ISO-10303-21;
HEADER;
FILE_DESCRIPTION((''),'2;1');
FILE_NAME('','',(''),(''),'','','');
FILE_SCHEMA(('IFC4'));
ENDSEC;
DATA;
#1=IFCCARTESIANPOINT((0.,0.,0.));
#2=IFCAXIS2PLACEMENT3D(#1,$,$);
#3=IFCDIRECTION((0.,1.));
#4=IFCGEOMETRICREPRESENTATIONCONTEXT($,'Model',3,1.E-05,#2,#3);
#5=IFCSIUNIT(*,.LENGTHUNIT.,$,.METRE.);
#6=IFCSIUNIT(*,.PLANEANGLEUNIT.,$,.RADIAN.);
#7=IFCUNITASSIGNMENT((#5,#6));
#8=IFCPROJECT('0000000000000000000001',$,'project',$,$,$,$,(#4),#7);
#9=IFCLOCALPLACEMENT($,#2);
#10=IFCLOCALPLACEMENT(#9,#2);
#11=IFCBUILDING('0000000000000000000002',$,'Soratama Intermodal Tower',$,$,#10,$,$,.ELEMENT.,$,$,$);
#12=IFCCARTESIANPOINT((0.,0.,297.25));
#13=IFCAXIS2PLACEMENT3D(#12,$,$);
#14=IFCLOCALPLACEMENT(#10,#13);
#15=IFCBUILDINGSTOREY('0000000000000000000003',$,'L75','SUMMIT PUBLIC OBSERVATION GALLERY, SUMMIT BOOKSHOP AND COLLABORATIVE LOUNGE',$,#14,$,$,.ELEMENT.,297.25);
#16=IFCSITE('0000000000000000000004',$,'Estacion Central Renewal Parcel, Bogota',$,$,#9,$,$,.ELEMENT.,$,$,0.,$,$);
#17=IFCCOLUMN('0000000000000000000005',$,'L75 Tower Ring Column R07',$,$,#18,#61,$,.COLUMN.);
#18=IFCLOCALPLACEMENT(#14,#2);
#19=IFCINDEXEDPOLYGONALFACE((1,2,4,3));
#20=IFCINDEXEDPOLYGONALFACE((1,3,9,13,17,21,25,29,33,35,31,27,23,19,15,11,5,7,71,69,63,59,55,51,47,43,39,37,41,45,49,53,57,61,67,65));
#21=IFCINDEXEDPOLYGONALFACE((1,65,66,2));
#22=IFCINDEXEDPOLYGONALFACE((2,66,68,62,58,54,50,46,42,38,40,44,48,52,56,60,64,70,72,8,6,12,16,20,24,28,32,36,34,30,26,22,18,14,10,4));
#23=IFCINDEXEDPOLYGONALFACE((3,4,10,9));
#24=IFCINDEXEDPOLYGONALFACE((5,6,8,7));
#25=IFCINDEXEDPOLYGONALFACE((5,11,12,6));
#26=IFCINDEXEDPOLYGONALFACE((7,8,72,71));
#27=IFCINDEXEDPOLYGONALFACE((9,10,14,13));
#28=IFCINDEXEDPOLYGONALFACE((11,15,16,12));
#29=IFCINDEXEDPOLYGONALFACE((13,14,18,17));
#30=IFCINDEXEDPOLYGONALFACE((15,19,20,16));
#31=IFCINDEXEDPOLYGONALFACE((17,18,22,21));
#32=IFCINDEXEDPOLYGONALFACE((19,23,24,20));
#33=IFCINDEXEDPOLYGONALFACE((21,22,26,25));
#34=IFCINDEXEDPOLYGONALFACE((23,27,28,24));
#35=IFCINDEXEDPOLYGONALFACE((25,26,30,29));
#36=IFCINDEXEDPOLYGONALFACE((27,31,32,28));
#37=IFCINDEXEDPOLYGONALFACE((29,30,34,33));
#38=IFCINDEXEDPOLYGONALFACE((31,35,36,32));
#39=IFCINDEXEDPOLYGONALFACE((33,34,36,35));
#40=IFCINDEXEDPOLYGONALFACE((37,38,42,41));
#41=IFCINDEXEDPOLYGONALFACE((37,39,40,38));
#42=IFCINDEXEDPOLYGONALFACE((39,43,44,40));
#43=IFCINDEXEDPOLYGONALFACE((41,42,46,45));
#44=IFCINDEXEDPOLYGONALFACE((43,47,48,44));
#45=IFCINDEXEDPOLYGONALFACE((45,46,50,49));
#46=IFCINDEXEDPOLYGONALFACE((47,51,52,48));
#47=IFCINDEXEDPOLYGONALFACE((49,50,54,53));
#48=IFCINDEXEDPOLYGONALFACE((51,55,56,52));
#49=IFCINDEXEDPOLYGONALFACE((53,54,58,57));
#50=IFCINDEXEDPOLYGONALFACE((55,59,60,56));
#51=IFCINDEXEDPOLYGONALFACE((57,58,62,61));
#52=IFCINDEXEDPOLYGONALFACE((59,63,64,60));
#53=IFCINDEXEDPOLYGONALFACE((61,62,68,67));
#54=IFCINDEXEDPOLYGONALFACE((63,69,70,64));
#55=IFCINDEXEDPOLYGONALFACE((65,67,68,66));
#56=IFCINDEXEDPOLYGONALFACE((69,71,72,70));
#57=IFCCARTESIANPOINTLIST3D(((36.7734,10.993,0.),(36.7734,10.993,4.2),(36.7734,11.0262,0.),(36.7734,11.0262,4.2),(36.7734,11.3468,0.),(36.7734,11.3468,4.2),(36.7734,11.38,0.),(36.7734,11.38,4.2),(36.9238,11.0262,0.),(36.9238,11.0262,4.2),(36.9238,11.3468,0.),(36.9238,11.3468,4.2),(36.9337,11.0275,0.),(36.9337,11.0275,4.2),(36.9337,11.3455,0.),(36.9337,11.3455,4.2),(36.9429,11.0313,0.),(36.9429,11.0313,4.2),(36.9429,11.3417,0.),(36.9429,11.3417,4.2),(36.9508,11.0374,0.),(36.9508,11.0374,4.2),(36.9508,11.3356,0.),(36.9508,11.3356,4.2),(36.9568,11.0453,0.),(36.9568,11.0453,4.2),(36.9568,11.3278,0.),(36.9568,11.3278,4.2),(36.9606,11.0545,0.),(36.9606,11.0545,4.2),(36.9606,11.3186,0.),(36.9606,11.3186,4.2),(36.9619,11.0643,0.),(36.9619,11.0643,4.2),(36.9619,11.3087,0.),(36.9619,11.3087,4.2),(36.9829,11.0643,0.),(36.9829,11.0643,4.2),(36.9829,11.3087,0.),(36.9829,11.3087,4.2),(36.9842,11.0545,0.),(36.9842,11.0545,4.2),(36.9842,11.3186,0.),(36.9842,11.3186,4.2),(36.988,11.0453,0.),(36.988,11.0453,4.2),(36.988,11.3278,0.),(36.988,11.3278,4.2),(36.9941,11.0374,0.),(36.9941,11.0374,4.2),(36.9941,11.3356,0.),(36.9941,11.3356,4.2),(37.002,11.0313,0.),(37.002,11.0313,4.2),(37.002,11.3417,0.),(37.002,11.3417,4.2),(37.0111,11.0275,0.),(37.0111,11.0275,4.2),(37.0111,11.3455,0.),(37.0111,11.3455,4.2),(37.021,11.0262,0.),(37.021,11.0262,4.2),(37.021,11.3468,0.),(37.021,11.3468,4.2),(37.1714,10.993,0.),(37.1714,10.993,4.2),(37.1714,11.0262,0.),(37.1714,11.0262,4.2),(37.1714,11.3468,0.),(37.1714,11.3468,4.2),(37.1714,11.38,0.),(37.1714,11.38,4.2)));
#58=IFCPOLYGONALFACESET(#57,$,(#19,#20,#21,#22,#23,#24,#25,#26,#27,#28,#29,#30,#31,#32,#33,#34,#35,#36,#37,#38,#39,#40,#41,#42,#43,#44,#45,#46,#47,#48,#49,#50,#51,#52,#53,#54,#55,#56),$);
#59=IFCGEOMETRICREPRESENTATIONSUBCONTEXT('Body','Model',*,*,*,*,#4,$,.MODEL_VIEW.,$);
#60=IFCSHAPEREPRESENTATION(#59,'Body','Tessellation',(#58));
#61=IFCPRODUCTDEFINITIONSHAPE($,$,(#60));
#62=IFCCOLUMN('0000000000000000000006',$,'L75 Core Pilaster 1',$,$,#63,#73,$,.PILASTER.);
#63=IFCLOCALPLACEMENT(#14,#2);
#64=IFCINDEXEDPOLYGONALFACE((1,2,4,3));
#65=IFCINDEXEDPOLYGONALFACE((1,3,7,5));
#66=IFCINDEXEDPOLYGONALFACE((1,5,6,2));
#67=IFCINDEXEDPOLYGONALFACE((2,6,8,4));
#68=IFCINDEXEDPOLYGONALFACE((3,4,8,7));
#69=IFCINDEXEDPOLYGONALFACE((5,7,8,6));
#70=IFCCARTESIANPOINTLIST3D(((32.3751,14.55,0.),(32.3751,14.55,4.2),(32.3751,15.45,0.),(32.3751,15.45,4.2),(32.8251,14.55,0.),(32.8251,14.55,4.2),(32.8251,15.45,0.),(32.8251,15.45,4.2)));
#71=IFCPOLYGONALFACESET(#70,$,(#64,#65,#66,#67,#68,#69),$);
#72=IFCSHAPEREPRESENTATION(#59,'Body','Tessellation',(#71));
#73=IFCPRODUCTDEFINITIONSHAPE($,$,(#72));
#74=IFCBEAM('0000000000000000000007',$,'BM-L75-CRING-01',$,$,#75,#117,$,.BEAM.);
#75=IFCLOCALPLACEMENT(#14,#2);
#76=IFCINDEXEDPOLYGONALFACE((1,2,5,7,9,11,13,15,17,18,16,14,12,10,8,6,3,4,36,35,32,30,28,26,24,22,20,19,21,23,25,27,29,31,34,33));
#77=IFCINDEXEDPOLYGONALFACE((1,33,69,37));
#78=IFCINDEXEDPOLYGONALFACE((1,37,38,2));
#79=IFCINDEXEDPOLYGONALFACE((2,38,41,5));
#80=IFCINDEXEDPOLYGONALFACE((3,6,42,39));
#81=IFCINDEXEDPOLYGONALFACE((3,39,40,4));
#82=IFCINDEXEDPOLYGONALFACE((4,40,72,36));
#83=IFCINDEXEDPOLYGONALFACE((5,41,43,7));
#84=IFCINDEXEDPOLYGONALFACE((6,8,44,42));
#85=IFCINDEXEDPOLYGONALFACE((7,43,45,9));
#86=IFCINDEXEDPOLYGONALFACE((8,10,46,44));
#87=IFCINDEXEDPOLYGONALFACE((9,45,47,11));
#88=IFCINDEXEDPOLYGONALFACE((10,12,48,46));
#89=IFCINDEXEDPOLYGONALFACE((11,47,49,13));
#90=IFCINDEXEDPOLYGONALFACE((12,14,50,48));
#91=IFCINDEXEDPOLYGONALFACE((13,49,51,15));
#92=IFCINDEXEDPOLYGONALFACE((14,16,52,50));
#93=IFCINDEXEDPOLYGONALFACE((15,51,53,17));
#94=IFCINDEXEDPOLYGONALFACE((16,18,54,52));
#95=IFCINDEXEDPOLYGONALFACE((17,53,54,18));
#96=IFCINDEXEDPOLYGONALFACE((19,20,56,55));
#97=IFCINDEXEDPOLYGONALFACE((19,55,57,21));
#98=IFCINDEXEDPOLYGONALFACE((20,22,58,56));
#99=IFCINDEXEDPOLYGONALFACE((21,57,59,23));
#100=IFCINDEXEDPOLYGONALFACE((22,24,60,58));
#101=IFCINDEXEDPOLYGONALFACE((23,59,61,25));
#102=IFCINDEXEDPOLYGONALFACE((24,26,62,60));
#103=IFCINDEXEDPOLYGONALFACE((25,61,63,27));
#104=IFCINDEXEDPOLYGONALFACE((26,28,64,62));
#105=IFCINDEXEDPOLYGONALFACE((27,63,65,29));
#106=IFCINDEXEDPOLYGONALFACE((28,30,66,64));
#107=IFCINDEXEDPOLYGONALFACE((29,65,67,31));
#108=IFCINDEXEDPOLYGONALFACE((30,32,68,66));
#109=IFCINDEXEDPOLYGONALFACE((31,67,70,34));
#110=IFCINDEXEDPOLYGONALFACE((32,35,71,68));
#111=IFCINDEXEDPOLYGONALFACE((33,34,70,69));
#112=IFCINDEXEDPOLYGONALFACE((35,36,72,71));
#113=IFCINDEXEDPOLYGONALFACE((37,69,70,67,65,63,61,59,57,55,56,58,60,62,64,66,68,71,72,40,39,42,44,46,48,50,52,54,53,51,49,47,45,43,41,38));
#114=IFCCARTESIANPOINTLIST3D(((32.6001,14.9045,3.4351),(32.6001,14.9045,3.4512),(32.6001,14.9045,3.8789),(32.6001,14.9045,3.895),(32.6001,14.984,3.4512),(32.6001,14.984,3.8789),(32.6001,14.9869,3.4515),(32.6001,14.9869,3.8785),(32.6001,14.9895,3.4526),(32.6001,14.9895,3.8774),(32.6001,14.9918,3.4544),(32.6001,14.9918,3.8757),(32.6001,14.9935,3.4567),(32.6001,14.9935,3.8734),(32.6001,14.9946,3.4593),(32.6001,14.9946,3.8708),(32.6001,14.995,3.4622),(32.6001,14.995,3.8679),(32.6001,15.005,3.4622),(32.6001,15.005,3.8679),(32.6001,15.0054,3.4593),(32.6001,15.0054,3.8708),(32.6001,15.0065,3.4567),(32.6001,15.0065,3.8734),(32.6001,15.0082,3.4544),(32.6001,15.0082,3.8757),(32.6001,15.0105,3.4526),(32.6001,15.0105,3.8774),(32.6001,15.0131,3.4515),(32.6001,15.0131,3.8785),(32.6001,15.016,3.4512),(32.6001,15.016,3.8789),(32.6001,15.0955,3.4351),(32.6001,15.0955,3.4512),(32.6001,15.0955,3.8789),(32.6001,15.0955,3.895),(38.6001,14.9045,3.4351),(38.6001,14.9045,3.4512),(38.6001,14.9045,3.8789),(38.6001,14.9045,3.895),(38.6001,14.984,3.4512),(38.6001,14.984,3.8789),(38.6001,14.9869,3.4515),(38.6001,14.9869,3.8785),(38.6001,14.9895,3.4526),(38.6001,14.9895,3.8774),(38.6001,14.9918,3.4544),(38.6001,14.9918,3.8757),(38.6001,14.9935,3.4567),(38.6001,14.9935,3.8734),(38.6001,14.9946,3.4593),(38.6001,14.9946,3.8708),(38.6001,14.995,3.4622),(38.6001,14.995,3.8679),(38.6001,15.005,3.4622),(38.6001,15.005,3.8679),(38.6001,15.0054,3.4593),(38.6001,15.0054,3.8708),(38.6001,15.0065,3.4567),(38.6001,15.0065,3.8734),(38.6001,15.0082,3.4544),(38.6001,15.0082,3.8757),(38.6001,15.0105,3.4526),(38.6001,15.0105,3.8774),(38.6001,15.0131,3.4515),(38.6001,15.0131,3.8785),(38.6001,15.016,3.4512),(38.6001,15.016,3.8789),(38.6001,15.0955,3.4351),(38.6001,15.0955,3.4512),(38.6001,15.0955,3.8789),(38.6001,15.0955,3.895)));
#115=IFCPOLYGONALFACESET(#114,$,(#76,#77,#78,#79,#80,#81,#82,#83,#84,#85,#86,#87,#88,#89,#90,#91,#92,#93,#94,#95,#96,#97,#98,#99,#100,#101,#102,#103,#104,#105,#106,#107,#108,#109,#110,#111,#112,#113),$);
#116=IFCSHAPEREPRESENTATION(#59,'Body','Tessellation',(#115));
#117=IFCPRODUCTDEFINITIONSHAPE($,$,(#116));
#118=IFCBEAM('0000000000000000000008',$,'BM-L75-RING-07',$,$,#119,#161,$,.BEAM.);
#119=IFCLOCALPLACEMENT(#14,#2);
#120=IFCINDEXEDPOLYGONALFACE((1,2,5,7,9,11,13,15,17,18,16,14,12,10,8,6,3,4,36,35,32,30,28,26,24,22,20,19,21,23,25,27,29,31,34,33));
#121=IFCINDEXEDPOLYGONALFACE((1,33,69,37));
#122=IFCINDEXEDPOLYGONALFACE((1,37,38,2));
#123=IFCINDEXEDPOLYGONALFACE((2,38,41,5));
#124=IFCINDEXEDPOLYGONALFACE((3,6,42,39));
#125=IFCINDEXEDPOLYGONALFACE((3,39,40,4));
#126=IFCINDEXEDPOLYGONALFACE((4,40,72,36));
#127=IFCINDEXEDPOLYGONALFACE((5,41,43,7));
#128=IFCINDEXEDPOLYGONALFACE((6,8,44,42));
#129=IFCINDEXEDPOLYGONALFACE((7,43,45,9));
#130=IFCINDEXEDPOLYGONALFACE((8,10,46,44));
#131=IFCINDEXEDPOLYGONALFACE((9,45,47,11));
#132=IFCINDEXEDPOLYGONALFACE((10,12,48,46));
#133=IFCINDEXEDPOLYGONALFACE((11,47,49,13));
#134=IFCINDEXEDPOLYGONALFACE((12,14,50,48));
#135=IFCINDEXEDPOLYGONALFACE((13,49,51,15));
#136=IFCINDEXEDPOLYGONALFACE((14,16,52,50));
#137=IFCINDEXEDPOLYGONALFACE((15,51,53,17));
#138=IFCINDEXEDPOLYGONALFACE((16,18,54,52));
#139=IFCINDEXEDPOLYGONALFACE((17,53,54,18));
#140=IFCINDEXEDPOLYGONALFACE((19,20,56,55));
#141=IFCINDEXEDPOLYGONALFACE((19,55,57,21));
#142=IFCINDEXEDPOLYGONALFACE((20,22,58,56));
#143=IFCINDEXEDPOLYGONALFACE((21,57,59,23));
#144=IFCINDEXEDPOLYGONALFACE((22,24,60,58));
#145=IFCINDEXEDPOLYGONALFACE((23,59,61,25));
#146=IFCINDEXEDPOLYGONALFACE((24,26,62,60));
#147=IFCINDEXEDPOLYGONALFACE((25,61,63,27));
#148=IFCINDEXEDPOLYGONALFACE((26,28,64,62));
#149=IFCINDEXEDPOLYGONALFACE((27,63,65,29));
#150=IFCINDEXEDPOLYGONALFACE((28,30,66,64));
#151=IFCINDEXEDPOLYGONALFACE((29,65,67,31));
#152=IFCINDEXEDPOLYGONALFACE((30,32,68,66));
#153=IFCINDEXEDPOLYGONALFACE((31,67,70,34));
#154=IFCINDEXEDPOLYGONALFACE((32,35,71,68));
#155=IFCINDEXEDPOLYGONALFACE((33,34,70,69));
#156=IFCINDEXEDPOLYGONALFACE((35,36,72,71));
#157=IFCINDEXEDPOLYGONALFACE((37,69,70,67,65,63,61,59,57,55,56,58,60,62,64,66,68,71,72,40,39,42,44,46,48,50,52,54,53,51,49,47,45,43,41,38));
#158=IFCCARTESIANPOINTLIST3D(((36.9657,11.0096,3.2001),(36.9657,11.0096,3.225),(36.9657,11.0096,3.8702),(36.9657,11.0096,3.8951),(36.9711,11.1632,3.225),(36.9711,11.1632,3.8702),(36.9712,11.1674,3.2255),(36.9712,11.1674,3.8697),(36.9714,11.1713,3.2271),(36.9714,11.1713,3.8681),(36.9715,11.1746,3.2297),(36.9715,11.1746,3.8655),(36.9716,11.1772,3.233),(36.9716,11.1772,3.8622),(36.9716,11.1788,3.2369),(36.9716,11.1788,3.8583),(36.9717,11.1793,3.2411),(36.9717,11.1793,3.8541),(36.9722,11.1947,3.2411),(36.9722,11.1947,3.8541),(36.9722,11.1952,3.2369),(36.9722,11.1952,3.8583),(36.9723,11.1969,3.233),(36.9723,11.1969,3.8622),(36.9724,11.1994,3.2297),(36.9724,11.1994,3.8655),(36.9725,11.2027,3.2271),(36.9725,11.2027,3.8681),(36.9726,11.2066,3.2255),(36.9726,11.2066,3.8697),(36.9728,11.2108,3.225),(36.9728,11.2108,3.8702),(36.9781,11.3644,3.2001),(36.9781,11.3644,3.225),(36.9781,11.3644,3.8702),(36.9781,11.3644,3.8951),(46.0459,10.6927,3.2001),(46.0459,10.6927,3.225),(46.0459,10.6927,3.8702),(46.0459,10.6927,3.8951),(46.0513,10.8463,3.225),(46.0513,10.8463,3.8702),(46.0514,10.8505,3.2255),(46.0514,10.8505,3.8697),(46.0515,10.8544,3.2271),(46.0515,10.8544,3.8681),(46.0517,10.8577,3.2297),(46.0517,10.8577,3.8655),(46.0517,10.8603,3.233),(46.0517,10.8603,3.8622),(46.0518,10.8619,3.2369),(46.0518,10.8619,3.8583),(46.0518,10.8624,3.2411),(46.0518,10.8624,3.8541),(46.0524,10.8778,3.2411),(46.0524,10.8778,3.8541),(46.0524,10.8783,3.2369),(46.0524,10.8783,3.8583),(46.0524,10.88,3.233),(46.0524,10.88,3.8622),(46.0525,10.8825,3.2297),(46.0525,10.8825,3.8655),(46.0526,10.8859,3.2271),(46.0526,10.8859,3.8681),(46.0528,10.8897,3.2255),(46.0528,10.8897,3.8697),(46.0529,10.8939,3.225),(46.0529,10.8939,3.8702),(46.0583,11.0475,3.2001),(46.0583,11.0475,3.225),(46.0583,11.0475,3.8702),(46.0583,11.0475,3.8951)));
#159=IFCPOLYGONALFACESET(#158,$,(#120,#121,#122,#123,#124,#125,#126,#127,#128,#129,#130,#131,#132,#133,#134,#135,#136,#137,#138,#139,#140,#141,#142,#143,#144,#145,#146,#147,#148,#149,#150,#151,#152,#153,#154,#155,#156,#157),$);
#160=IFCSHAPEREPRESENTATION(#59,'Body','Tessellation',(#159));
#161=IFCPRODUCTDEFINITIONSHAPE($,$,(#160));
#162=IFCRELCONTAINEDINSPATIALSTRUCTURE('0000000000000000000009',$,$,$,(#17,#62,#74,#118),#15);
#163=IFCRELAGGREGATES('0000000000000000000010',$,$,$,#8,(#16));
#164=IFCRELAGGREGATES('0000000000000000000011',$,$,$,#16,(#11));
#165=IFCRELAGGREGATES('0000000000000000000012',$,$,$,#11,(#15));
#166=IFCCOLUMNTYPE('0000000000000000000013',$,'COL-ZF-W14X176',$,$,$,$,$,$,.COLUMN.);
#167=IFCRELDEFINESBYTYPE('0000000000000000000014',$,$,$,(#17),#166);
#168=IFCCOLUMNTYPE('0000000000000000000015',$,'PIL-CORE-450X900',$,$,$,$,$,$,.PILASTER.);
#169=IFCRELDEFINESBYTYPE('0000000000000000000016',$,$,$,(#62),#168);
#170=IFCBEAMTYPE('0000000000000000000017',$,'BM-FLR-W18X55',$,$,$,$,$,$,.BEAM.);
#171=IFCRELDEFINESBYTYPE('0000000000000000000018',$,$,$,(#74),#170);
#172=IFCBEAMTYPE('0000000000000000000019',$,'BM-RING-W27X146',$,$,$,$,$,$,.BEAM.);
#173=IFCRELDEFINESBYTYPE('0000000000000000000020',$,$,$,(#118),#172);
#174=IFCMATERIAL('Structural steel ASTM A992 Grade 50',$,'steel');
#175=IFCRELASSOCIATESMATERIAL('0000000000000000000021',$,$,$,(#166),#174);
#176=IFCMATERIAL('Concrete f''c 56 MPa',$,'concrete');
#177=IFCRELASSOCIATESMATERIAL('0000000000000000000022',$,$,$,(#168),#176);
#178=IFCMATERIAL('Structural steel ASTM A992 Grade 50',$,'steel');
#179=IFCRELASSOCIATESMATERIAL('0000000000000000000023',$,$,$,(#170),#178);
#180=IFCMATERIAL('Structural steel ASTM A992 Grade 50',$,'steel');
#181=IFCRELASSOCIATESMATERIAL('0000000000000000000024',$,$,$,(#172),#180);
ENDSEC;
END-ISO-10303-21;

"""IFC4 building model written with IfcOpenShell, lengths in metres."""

from ifc_helpers import new_model, si_unit, direction, frame, origin, origin_2d, place, context, subcontext, project, spatial, rectangle, i_section, extrude, material, material_profile, profile_set, type_object, element, save


model = new_model("IFC4")

# Units and contexts
model_context = context("Model", 3, precision=1e-05, world=origin(), true_north=direction((0.0, 1.0)))
body_context = subcontext(model_context, "Body", "Model", "MODEL_VIEW")
ifc_project = project(units=[si_unit("LENGTHUNIT", "METRE"), si_unit("PLANEANGLEUNIT", "RADIAN")], contexts=[model_context])

# Site, building, storey
site_placement = place(None, origin())
site = spatial("IfcSite", under=ifc_project, at=site_placement, Name="Estacion Central Renewal Parcel, Bogota", CompositionType="ELEMENT", RefElevation=0.0)
building_placement = place(site_placement, origin())
building = spatial("IfcBuilding", under=site, at=building_placement, Name="Soratama Intermodal Tower", CompositionType="ELEMENT")
storey_placement = place(building_placement, frame((0.0, 0.0, 297.25)))
storey = spatial("IfcBuildingStorey", under=building, at=storey_placement, Name="L75", Description="SUMMIT PUBLIC OBSERVATION GALLERY, SUMMIT BOOKSHOP AND COLLABORATIVE LOUNGE", CompositionType="ELEMENT", Elevation=297.25)

# Columns
ifc_material_1 = material(Name="Structural steel ASTM A992 Grade 50", Category="steel")
ifc_material_profile_1 = material_profile(ifc_material_1, i_section(OverallWidth=0.3979, OverallDepth=0.387, WebThickness=0.021, FlangeThickness=0.0332, FilletRadius=0.0381, at=origin_2d()), Name="W14X176")
ifc_profile_set_1 = profile_set([ifc_material_profile_1], Name="Structural steel ASTM A992 Grade 50")
column_type_1 = type_object("IfcColumnType", Name="COL-ZF-W14X176", PredefinedType="COLUMN", material=ifc_profile_set_1)
column_1_placement = place(storey_placement, frame((36.9724, 11.1865, 0.0), z_axis=(0.0, 0.0, 1.0), x_axis=(1.0, 0.0, 0.0)))
element("IfcColumn", 1, at=column_1_placement, inside=storey, type_object=column_type_1, Name="L75 Tower Ring Column R07", PredefinedType="COLUMN", context=body_context, shape_type="SweptSolid", body=[
    extrude(i_section(OverallWidth=0.3979, OverallDepth=0.387, WebThickness=0.021, FlangeThickness=0.0332, FilletRadius=0.0381, at=origin_2d()), origin(), (0.0, 0.0, 1.0), 4.2),
])
ifc_material_2 = material(Name="Concrete f'c 56 MPa", Category="concrete")
ifc_material_profile_2 = material_profile(ifc_material_2, rectangle(XDim=0.45, YDim=0.8999, at=origin_2d()), Name="RC450X900")
ifc_profile_set_2 = profile_set([ifc_material_profile_2], Name="Concrete f'c 56 MPa")
column_type_2 = type_object("IfcColumnType", Name="PIL-CORE-450X900", PredefinedType="PILASTER", material=ifc_profile_set_2)
column_2_placement = place(storey_placement, frame((32.6001, 15.0, 0.0), z_axis=(0.0, 0.0, 1.0), x_axis=(1.0, 0.0, 0.0)))
element("IfcColumn", 2, at=column_2_placement, inside=storey, type_object=column_type_2, Name="L75 Core Pilaster 1", PredefinedType="PILASTER", context=body_context, shape_type="SweptSolid", body=[
    extrude(rectangle(XDim=0.45, YDim=0.8999, at=origin_2d()), origin(), (0.0, 0.0, 1.0), 4.2),
])

# Beams
ifc_material_3 = material(Name="Structural steel ASTM A992 Grade 50", Category="steel")
ifc_material_profile_3 = material_profile(ifc_material_3, i_section(OverallWidth=0.1909, OverallDepth=0.46, WebThickness=0.01, FlangeThickness=0.0161, FilletRadius=0.011, at=origin_2d()), Name="W18X55")
ifc_profile_set_3 = profile_set([ifc_material_profile_3], Name="Structural steel ASTM A992 Grade 50")
beam_type_1 = type_object("IfcBeamType", Name="BM-FLR-W18X55", PredefinedType="BEAM", material=ifc_profile_set_3)
beam_1_placement = place(storey_placement, frame((32.6001, 15.0, 3.665), z_axis=(1.0, 0.0, 0.0), x_axis=(0.0, 1.0, 0.0)))
element("IfcBeam", 3, at=beam_1_placement, inside=storey, type_object=beam_type_1, Name="BM-L75-CRING-01", PredefinedType="BEAM", context=body_context, shape_type="SweptSolid", body=[
    extrude(i_section(OverallWidth=0.1909, OverallDepth=0.46, WebThickness=0.01, FlangeThickness=0.0161, FilletRadius=0.011, at=origin_2d()), origin(), (0.0, 0.0, 1.0), 6.0),
])
ifc_material_4 = material(Name="Structural steel ASTM A992 Grade 50", Category="steel")
ifc_material_profile_4 = material_profile(ifc_material_4, i_section(OverallWidth=0.355, OverallDepth=0.6951, WebThickness=0.0154, FlangeThickness=0.0249, FilletRadius=0.0161, at=origin_2d()), Name="W27X146")
ifc_profile_set_4 = profile_set([ifc_material_profile_4], Name="Structural steel ASTM A992 Grade 50")
beam_type_2 = type_object("IfcBeamType", Name="BM-RING-W27X146", PredefinedType="BEAM", material=ifc_profile_set_4)
beam_2_placement = place(storey_placement, frame((36.9719, 11.187, 3.5476), z_axis=(0.999392, -0.034879, 0.0), x_axis=(0.034879, 0.999392, 0.0)))
element("IfcBeam", 4, at=beam_2_placement, inside=storey, type_object=beam_type_2, Name="BM-L75-RING-07", PredefinedType="BEAM", context=body_context, shape_type="SweptSolid", body=[
    extrude(i_section(OverallWidth=0.355, OverallDepth=0.6951, WebThickness=0.0154, FlangeThickness=0.0249, FilletRadius=0.0161, at=origin_2d()), origin(), (0.0, 0.0, 1.0), 9.0857),
])

save(model, "model.ifc")
